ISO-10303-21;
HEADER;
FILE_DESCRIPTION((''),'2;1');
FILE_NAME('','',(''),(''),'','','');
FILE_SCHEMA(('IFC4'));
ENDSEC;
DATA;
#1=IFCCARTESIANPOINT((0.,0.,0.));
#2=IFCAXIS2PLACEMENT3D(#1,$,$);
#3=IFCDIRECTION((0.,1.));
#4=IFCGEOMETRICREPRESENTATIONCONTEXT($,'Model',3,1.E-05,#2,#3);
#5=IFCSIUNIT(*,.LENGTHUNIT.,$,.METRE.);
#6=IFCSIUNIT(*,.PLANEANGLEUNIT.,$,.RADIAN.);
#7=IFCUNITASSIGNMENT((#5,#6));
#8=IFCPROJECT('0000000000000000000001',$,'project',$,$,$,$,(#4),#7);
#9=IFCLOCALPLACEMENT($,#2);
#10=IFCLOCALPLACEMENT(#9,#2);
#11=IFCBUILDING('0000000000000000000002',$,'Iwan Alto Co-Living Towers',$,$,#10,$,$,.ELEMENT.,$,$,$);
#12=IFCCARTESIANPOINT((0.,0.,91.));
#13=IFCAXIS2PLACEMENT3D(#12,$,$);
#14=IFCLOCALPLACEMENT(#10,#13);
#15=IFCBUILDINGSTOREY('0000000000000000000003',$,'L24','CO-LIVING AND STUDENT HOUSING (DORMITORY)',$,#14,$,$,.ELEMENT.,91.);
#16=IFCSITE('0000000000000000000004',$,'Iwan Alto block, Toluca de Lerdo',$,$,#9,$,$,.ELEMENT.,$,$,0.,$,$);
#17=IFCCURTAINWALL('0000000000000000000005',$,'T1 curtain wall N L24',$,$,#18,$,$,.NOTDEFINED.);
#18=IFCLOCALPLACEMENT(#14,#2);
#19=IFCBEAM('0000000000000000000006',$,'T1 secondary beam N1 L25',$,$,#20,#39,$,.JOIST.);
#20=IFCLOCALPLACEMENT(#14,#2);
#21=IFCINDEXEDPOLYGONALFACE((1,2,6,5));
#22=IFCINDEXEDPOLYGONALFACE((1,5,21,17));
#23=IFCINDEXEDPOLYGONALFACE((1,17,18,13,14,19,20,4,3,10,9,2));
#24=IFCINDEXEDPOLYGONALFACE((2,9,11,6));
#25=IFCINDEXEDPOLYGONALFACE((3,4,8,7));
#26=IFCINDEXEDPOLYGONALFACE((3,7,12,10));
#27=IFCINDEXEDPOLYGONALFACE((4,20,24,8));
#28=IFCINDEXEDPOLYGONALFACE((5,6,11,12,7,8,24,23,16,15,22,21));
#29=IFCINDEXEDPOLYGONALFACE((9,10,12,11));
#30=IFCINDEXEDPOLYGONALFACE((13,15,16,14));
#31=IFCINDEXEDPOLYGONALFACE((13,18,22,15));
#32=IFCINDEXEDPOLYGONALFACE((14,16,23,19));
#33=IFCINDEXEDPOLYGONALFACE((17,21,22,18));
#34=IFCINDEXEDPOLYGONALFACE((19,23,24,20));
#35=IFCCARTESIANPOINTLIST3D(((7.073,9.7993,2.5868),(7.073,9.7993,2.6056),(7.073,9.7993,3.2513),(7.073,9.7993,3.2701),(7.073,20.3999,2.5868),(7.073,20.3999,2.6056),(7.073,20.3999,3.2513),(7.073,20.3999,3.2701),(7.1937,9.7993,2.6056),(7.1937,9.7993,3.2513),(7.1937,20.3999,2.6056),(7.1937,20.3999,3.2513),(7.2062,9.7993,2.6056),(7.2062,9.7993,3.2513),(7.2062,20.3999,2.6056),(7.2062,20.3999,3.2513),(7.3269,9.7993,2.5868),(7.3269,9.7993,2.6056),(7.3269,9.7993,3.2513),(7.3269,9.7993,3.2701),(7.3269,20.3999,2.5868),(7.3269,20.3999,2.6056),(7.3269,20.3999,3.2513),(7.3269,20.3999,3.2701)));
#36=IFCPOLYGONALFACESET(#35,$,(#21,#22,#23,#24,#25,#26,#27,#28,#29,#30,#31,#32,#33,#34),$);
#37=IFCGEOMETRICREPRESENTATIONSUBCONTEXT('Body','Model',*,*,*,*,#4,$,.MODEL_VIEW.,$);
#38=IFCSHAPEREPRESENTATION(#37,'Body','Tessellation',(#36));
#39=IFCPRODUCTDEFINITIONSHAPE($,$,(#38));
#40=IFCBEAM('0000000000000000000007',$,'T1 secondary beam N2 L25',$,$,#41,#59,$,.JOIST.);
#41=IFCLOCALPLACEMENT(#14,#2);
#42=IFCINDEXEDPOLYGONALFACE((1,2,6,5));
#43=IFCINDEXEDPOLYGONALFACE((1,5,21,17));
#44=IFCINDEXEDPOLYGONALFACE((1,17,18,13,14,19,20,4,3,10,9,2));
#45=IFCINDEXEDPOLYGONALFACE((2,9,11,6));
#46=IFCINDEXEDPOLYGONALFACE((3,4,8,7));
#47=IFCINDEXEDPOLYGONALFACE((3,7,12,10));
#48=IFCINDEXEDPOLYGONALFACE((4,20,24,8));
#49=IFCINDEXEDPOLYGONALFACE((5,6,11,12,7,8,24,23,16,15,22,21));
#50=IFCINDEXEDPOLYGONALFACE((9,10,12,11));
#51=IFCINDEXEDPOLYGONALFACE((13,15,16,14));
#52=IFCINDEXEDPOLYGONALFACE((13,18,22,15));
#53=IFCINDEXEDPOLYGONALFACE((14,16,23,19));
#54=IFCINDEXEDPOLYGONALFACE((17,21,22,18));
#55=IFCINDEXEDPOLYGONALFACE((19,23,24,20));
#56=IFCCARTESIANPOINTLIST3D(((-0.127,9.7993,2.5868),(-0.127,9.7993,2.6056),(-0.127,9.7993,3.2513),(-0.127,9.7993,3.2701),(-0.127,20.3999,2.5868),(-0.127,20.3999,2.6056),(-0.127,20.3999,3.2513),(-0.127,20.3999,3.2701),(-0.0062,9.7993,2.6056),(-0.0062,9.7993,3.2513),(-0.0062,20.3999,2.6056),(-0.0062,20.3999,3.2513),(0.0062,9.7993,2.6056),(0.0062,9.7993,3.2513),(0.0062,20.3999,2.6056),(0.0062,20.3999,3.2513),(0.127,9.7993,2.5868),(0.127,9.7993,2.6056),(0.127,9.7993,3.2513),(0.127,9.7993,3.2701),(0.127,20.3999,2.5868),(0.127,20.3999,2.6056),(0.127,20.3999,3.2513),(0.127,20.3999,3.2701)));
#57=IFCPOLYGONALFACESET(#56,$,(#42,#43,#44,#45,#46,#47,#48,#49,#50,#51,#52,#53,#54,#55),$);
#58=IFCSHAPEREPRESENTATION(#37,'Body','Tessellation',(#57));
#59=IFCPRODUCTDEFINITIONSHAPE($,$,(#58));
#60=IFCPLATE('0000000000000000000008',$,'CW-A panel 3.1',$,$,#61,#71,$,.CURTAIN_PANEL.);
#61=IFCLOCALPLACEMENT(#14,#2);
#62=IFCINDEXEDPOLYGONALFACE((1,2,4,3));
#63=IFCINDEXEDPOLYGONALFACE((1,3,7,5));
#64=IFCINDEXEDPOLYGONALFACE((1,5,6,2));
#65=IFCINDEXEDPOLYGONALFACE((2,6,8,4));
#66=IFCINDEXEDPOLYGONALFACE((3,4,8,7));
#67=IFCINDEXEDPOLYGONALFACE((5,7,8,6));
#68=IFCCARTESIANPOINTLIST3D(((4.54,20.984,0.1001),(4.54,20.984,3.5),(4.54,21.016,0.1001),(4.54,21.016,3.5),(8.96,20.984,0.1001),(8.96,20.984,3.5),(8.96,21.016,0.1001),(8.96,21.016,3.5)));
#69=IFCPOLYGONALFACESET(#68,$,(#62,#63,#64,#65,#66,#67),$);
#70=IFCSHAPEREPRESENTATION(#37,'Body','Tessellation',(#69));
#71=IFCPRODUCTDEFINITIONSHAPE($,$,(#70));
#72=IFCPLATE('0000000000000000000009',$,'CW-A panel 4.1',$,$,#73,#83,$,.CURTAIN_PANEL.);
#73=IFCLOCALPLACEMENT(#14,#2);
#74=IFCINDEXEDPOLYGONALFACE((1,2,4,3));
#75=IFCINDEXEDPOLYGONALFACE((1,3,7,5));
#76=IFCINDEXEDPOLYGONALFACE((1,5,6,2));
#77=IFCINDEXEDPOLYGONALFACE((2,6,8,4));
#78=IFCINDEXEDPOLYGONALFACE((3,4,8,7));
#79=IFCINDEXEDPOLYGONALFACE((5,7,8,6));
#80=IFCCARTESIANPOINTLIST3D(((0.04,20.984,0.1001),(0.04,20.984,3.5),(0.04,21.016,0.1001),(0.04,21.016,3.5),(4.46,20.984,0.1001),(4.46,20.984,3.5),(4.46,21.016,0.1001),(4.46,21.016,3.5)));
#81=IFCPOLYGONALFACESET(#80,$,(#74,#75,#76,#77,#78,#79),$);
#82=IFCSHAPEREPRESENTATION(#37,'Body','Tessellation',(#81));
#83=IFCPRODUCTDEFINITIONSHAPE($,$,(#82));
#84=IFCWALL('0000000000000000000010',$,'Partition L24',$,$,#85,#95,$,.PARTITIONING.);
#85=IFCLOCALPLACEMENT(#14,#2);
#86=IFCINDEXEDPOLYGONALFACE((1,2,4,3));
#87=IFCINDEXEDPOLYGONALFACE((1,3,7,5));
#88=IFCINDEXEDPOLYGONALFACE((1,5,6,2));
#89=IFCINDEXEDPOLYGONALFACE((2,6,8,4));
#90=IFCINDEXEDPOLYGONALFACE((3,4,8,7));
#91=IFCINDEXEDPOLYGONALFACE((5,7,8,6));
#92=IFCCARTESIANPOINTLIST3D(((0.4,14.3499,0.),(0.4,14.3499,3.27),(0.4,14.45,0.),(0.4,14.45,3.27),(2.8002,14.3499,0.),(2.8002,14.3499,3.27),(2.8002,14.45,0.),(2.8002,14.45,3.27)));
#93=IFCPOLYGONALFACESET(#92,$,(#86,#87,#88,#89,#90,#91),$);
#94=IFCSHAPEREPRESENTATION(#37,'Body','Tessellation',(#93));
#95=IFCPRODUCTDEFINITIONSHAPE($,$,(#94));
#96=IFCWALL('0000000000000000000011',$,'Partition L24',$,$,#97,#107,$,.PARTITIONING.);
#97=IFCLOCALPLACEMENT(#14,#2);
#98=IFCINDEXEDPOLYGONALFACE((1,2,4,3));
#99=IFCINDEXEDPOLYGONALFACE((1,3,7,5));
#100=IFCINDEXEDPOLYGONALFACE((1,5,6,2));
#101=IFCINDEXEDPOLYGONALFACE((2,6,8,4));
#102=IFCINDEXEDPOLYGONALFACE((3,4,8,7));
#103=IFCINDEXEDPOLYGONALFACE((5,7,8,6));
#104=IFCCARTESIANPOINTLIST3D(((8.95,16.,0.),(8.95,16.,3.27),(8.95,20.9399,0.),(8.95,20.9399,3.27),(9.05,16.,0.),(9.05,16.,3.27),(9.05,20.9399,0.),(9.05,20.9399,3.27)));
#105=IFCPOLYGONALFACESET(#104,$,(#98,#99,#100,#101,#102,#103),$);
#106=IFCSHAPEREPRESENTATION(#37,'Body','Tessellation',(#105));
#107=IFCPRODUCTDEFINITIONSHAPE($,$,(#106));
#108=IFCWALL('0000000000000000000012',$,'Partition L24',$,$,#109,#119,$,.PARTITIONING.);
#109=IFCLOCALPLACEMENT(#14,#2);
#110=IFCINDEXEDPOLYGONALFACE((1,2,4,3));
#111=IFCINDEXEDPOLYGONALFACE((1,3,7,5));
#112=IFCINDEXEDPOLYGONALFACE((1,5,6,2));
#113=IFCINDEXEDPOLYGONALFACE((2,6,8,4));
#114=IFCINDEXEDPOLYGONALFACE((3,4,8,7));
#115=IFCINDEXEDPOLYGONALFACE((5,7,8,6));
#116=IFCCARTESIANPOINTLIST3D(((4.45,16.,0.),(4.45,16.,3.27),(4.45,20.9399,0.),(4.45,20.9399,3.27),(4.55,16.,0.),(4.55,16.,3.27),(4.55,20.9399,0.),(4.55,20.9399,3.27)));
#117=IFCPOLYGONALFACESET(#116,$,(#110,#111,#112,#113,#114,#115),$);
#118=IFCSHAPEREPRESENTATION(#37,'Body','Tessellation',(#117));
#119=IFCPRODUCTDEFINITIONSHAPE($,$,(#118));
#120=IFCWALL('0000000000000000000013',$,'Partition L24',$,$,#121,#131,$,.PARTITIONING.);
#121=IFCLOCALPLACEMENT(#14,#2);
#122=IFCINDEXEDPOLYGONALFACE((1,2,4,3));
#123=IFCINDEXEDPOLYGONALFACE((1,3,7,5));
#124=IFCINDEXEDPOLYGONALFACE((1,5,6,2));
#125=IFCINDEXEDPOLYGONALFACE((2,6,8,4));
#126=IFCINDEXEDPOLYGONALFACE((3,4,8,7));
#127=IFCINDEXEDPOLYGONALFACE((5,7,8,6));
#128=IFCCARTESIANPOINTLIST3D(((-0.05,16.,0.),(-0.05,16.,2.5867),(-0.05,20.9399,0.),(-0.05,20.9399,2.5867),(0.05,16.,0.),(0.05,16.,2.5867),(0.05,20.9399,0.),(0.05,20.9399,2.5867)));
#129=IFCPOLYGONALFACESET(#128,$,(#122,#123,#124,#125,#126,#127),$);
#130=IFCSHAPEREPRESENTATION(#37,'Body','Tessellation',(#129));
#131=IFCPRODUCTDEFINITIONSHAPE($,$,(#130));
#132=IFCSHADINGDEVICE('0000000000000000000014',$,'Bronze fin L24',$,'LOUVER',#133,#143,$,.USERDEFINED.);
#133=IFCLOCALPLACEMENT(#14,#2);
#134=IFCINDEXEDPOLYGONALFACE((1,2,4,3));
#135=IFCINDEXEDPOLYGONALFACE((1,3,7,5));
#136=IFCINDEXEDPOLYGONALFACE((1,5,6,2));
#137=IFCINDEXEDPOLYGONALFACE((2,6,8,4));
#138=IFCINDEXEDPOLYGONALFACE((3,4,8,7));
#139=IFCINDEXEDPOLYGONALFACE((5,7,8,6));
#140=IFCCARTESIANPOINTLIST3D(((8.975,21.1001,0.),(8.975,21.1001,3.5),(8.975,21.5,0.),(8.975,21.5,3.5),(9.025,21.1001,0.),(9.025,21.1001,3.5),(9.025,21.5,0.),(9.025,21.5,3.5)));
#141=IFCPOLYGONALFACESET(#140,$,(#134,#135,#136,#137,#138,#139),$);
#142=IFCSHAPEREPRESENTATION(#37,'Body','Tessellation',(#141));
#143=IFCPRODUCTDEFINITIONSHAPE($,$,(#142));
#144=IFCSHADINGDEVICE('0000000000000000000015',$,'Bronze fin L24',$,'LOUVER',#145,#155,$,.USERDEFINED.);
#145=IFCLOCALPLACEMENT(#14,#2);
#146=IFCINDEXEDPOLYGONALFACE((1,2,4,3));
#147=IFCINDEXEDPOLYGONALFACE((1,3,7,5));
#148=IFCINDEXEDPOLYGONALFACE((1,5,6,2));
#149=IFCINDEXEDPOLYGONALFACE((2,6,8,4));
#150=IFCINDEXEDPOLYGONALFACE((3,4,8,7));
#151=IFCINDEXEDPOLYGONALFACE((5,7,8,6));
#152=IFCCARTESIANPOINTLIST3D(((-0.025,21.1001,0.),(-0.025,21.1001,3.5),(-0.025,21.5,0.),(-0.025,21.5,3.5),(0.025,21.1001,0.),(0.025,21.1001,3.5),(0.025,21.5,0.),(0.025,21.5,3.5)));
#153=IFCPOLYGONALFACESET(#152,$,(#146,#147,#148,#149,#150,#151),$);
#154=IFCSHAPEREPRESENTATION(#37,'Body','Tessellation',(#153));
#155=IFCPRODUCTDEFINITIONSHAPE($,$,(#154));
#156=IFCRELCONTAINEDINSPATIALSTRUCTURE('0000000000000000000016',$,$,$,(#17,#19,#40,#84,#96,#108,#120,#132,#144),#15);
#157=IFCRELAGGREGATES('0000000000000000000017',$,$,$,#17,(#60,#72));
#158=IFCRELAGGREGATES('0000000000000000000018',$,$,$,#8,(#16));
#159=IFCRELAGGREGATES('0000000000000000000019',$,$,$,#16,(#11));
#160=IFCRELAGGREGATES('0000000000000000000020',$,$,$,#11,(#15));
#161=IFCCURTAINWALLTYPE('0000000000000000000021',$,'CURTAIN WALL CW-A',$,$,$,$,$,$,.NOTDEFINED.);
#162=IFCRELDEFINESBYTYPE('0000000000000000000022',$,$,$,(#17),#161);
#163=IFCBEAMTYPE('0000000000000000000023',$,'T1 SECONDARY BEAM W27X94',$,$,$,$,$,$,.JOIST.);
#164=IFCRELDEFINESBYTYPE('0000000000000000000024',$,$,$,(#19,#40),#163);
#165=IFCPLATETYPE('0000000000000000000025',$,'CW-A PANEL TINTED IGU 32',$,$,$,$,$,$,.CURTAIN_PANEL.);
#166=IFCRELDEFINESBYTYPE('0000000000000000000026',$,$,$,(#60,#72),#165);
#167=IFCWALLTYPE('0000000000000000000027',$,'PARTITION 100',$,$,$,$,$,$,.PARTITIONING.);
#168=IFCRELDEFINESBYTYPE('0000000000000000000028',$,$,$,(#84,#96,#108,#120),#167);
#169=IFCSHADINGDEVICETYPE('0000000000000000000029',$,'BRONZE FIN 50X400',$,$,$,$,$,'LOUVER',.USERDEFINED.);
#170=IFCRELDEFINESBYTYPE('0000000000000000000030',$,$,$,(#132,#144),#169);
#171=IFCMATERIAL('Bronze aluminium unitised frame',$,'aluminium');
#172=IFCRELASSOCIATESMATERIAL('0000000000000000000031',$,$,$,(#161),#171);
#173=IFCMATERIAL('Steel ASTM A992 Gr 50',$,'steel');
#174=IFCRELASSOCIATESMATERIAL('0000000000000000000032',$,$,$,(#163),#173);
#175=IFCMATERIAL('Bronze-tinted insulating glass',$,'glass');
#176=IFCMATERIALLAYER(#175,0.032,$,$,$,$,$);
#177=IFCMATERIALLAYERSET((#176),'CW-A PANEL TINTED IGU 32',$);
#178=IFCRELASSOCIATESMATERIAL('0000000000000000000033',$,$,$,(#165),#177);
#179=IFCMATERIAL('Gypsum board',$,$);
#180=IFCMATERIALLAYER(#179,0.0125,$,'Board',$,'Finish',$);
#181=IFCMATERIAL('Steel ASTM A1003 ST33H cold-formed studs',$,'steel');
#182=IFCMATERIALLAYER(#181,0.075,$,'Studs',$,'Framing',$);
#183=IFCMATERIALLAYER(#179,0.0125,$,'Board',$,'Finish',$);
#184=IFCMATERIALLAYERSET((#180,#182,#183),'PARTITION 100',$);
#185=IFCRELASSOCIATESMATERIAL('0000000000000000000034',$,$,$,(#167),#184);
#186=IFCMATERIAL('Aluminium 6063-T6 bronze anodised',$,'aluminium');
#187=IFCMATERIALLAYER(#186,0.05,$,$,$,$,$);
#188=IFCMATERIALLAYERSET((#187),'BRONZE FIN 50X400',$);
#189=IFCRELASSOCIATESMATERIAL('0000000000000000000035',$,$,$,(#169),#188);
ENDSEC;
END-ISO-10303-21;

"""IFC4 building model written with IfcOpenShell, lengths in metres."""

from ifc_helpers import new_model, si_unit, direction, frame, frame_2d, origin, origin_2d, place, context, subcontext, project, spatial, rectangle, i_section, extrude, material, layer, layer_set, material_profile, profile_set, type_object, element, aggregate, save


model = new_model("IFC4")

# Units and contexts
model_context = context("Model", 3, precision=1e-05, world=origin(), true_north=direction((0.0, 1.0)))
body_context = subcontext(model_context, "Body", "Model", "MODEL_VIEW")
ifc_project = project(units=[si_unit("LENGTHUNIT", "METRE"), si_unit("PLANEANGLEUNIT", "RADIAN")], contexts=[model_context])

# Site, building, storey
site_placement = place(None, origin())
site = spatial("IfcSite", under=ifc_project, at=site_placement, Name="Iwan Alto block, Toluca de Lerdo", CompositionType="ELEMENT", RefElevation=0.0)
building_placement = place(site_placement, origin())
building = spatial("IfcBuilding", under=site, at=building_placement, Name="Iwan Alto Co-Living Towers", CompositionType="ELEMENT")
storey_placement = place(building_placement, frame((0.0, 0.0, 91.0)))
storey = spatial("IfcBuildingStorey", under=building, at=storey_placement, Name="L24", Description="CO-LIVING AND STUDENT HOUSING (DORMITORY)", CompositionType="ELEMENT", Elevation=91.0)

# Curtain wall
ifc_material_1 = material(Name="Bronze aluminium unitised frame", Category="aluminium")
curtain_wall_type = type_object("IfcCurtainWallType", Name="CURTAIN WALL CW-A", PredefinedType="NOTDEFINED", material=ifc_material_1)
curtain_wall_placement = place(storey_placement, origin())
curtain_wall = element("IfcCurtainWall", 1, at=curtain_wall_placement, inside=storey, type_object=curtain_wall_type, Name="T1 curtain wall N L24", PredefinedType="NOTDEFINED")

# Beams
ifc_material_2 = material(Name="Steel ASTM A992 Gr 50", Category="steel")
ifc_material_profile_1 = material_profile(ifc_material_2, i_section(OverallWidth=0.2539, OverallDepth=0.6833, WebThickness=0.0125, FlangeThickness=0.0188, at=origin_2d()), Name="W27X94")
ifc_profile_set_1 = profile_set([ifc_material_profile_1], Name="Steel ASTM A992 Gr 50")
beam_type_1 = type_object("IfcBeamType", Name="T1 SECONDARY BEAM W27X94", PredefinedType="JOIST", material=ifc_profile_set_1)
for number, where, z_axis, x_axis, name in (
    (2, (7.2, 20.3999, 2.9285), (0.0, -1.0, 0.0), (1.0, 0.0, 0.0), "T1 secondary beam N1 L25"),
    (3, (0.0, 20.3999, 2.9285), (0.0, -1.0, 0.0), (1.0, 0.0, 0.0), "T1 secondary beam N2 L25"),
):
    element("IfcBeam", number, at=place(storey_placement, frame(where, z_axis=z_axis, x_axis=x_axis)), inside=storey, type_object=beam_type_1, Name=name, PredefinedType="JOIST", context=body_context, shape_type="SweptSolid", body=[
        extrude(i_section(OverallWidth=0.2539, OverallDepth=0.6833, WebThickness=0.0125, FlangeThickness=0.0188, at=origin_2d()), origin(), (0.0, 0.0, 1.0), 10.6006),
    ])

# Plates
ifc_material_3 = material(Name="Bronze-tinted insulating glass", Category="glass")
ifc_layer_1 = layer(ifc_material_3, 0.032)
ifc_layer_set_1 = layer_set([ifc_layer_1], Name="CW-A PANEL TINTED IGU 32")
plate_type = type_object("IfcPlateType", Name="CW-A PANEL TINTED IGU 32", PredefinedType="CURTAIN_PANEL", material=ifc_layer_set_1)
plate_1_placement = place(storey_placement, frame((6.75, 21.0, 0.1001), z_axis=(0.0, 0.0, 1.0), x_axis=(-1.0, 0.0, 0.0)))
plate_1 = element("IfcPlate", 4, at=plate_1_placement, type_object=plate_type, Name="CW-A panel 3.1", PredefinedType="CURTAIN_PANEL", context=body_context, shape_type="SweptSolid", body=[
    extrude(rectangle(XDim=4.4199, YDim=0.032, at=origin_2d()), origin(), (0.0, 0.0, 1.0), 3.3999),
])
plate_2_placement = place(storey_placement, frame((2.25, 21.0, 0.1001), z_axis=(0.0, 0.0, 1.0), x_axis=(-1.0, 0.0, 0.0)))
plate_2 = element("IfcPlate", 5, at=plate_2_placement, type_object=plate_type, Name="CW-A panel 4.1", PredefinedType="CURTAIN_PANEL", context=body_context, shape_type="SweptSolid", body=[
    extrude(rectangle(XDim=4.4199, YDim=0.032, at=origin_2d()), origin(), (0.0, 0.0, 1.0), 3.3999),
])
aggregate(curtain_wall, [plate_1, plate_2])

# Walls
ifc_material_4 = material(Name="Gypsum board")
ifc_layer_2 = layer(ifc_material_4, 0.0125, Name="Board", Category="Finish")
ifc_material_5 = material(Name="Steel ASTM A1003 ST33H cold-formed studs", Category="steel")
ifc_layer_3 = layer(ifc_material_5, 0.075, Name="Studs", Category="Framing")
ifc_layer_4 = layer(ifc_material_4, 0.0125, Name="Board", Category="Finish")
ifc_layer_set_2 = layer_set([ifc_layer_2, ifc_layer_3, ifc_layer_4], Name="PARTITION 100")
wall_type = type_object("IfcWallType", Name="PARTITION 100", PredefinedType="PARTITIONING", material=ifc_layer_set_2)
wall_1_placement = place(storey_placement, frame((0.3999, 14.3999, 0.0), z_axis=(0.0, 0.0, 1.0), x_axis=(1.0, 0.0, 0.0)))
element("IfcWall", 6, at=wall_1_placement, inside=storey, type_object=wall_type, Name="Partition L24", PredefinedType="PARTITIONING", context=body_context, shape_type="SweptSolid", body=[
    extrude(rectangle(XDim=2.4001, YDim=0.1001, at=frame_2d((1.2002, 0.0))), origin(), (0.0, 0.0, 1.0), 3.27),
])
for number, where, z_axis, x_axis, name in (
    (7, (9.0, 16.0, 0.0), (0.0, 0.0, 1.0), (0.0, 1.0, 0.0), "Partition L24"),
    (8, (4.5, 16.0, 0.0), (0.0, 0.0, 1.0), (0.0, 1.0, 0.0), "Partition L24"),
):
    element("IfcWall", number, at=place(storey_placement, frame(where, z_axis=z_axis, x_axis=x_axis)), inside=storey, type_object=wall_type, Name=name, PredefinedType="PARTITIONING", context=body_context, shape_type="SweptSolid", body=[
        extrude(rectangle(XDim=4.9399, YDim=0.1001, at=frame_2d((2.47, 0.0))), origin(), (0.0, 0.0, 1.0), 3.27),
    ])
wall_2_placement = place(storey_placement, frame((0.0, 16.0, 0.0), z_axis=(0.0, 0.0, 1.0), x_axis=(0.0, 1.0, 0.0)))
element("IfcWall", 9, at=wall_2_placement, inside=storey, type_object=wall_type, Name="Partition L24", PredefinedType="PARTITIONING", context=body_context, shape_type="SweptSolid", body=[
    extrude(rectangle(XDim=4.9399, YDim=0.1001, at=frame_2d((2.47, 0.0))), origin(), (0.0, 0.0, 1.0), 2.5867),
])

# Shading devices
ifc_material_6 = material(Name="Aluminium 6063-T6 bronze anodised", Category="aluminium")
ifc_layer_5 = layer(ifc_material_6, 0.05)
ifc_layer_set_3 = layer_set([ifc_layer_5], Name="BRONZE FIN 50X400")
shading_device_type = type_object("IfcShadingDeviceType", Name="BRONZE FIN 50X400", ElementType="LOUVER", PredefinedType="USERDEFINED", material=ifc_layer_set_3)
for number, where, z_axis, x_axis, name in (
    (10, (9.0, 21.3, 0.0), (0.0, 0.0, 1.0), (-1.0, 0.0, 0.0), "Bronze fin L24"),
    (11, (0.0, 21.3, 0.0), (0.0, 0.0, 1.0), (-1.0, 0.0, 0.0), "Bronze fin L24"),
):
    element("IfcShadingDevice", number, at=place(storey_placement, frame(where, z_axis=z_axis, x_axis=x_axis)), inside=storey, type_object=shading_device_type, Name=name, ObjectType="LOUVER", PredefinedType="USERDEFINED", context=body_context, shape_type="SweptSolid", body=[
        extrude(rectangle(XDim=0.05, YDim=0.3999, at=origin_2d()), origin(), (0.0, 0.0, 1.0), 3.5),
    ])

save(model, "model.ifc")
